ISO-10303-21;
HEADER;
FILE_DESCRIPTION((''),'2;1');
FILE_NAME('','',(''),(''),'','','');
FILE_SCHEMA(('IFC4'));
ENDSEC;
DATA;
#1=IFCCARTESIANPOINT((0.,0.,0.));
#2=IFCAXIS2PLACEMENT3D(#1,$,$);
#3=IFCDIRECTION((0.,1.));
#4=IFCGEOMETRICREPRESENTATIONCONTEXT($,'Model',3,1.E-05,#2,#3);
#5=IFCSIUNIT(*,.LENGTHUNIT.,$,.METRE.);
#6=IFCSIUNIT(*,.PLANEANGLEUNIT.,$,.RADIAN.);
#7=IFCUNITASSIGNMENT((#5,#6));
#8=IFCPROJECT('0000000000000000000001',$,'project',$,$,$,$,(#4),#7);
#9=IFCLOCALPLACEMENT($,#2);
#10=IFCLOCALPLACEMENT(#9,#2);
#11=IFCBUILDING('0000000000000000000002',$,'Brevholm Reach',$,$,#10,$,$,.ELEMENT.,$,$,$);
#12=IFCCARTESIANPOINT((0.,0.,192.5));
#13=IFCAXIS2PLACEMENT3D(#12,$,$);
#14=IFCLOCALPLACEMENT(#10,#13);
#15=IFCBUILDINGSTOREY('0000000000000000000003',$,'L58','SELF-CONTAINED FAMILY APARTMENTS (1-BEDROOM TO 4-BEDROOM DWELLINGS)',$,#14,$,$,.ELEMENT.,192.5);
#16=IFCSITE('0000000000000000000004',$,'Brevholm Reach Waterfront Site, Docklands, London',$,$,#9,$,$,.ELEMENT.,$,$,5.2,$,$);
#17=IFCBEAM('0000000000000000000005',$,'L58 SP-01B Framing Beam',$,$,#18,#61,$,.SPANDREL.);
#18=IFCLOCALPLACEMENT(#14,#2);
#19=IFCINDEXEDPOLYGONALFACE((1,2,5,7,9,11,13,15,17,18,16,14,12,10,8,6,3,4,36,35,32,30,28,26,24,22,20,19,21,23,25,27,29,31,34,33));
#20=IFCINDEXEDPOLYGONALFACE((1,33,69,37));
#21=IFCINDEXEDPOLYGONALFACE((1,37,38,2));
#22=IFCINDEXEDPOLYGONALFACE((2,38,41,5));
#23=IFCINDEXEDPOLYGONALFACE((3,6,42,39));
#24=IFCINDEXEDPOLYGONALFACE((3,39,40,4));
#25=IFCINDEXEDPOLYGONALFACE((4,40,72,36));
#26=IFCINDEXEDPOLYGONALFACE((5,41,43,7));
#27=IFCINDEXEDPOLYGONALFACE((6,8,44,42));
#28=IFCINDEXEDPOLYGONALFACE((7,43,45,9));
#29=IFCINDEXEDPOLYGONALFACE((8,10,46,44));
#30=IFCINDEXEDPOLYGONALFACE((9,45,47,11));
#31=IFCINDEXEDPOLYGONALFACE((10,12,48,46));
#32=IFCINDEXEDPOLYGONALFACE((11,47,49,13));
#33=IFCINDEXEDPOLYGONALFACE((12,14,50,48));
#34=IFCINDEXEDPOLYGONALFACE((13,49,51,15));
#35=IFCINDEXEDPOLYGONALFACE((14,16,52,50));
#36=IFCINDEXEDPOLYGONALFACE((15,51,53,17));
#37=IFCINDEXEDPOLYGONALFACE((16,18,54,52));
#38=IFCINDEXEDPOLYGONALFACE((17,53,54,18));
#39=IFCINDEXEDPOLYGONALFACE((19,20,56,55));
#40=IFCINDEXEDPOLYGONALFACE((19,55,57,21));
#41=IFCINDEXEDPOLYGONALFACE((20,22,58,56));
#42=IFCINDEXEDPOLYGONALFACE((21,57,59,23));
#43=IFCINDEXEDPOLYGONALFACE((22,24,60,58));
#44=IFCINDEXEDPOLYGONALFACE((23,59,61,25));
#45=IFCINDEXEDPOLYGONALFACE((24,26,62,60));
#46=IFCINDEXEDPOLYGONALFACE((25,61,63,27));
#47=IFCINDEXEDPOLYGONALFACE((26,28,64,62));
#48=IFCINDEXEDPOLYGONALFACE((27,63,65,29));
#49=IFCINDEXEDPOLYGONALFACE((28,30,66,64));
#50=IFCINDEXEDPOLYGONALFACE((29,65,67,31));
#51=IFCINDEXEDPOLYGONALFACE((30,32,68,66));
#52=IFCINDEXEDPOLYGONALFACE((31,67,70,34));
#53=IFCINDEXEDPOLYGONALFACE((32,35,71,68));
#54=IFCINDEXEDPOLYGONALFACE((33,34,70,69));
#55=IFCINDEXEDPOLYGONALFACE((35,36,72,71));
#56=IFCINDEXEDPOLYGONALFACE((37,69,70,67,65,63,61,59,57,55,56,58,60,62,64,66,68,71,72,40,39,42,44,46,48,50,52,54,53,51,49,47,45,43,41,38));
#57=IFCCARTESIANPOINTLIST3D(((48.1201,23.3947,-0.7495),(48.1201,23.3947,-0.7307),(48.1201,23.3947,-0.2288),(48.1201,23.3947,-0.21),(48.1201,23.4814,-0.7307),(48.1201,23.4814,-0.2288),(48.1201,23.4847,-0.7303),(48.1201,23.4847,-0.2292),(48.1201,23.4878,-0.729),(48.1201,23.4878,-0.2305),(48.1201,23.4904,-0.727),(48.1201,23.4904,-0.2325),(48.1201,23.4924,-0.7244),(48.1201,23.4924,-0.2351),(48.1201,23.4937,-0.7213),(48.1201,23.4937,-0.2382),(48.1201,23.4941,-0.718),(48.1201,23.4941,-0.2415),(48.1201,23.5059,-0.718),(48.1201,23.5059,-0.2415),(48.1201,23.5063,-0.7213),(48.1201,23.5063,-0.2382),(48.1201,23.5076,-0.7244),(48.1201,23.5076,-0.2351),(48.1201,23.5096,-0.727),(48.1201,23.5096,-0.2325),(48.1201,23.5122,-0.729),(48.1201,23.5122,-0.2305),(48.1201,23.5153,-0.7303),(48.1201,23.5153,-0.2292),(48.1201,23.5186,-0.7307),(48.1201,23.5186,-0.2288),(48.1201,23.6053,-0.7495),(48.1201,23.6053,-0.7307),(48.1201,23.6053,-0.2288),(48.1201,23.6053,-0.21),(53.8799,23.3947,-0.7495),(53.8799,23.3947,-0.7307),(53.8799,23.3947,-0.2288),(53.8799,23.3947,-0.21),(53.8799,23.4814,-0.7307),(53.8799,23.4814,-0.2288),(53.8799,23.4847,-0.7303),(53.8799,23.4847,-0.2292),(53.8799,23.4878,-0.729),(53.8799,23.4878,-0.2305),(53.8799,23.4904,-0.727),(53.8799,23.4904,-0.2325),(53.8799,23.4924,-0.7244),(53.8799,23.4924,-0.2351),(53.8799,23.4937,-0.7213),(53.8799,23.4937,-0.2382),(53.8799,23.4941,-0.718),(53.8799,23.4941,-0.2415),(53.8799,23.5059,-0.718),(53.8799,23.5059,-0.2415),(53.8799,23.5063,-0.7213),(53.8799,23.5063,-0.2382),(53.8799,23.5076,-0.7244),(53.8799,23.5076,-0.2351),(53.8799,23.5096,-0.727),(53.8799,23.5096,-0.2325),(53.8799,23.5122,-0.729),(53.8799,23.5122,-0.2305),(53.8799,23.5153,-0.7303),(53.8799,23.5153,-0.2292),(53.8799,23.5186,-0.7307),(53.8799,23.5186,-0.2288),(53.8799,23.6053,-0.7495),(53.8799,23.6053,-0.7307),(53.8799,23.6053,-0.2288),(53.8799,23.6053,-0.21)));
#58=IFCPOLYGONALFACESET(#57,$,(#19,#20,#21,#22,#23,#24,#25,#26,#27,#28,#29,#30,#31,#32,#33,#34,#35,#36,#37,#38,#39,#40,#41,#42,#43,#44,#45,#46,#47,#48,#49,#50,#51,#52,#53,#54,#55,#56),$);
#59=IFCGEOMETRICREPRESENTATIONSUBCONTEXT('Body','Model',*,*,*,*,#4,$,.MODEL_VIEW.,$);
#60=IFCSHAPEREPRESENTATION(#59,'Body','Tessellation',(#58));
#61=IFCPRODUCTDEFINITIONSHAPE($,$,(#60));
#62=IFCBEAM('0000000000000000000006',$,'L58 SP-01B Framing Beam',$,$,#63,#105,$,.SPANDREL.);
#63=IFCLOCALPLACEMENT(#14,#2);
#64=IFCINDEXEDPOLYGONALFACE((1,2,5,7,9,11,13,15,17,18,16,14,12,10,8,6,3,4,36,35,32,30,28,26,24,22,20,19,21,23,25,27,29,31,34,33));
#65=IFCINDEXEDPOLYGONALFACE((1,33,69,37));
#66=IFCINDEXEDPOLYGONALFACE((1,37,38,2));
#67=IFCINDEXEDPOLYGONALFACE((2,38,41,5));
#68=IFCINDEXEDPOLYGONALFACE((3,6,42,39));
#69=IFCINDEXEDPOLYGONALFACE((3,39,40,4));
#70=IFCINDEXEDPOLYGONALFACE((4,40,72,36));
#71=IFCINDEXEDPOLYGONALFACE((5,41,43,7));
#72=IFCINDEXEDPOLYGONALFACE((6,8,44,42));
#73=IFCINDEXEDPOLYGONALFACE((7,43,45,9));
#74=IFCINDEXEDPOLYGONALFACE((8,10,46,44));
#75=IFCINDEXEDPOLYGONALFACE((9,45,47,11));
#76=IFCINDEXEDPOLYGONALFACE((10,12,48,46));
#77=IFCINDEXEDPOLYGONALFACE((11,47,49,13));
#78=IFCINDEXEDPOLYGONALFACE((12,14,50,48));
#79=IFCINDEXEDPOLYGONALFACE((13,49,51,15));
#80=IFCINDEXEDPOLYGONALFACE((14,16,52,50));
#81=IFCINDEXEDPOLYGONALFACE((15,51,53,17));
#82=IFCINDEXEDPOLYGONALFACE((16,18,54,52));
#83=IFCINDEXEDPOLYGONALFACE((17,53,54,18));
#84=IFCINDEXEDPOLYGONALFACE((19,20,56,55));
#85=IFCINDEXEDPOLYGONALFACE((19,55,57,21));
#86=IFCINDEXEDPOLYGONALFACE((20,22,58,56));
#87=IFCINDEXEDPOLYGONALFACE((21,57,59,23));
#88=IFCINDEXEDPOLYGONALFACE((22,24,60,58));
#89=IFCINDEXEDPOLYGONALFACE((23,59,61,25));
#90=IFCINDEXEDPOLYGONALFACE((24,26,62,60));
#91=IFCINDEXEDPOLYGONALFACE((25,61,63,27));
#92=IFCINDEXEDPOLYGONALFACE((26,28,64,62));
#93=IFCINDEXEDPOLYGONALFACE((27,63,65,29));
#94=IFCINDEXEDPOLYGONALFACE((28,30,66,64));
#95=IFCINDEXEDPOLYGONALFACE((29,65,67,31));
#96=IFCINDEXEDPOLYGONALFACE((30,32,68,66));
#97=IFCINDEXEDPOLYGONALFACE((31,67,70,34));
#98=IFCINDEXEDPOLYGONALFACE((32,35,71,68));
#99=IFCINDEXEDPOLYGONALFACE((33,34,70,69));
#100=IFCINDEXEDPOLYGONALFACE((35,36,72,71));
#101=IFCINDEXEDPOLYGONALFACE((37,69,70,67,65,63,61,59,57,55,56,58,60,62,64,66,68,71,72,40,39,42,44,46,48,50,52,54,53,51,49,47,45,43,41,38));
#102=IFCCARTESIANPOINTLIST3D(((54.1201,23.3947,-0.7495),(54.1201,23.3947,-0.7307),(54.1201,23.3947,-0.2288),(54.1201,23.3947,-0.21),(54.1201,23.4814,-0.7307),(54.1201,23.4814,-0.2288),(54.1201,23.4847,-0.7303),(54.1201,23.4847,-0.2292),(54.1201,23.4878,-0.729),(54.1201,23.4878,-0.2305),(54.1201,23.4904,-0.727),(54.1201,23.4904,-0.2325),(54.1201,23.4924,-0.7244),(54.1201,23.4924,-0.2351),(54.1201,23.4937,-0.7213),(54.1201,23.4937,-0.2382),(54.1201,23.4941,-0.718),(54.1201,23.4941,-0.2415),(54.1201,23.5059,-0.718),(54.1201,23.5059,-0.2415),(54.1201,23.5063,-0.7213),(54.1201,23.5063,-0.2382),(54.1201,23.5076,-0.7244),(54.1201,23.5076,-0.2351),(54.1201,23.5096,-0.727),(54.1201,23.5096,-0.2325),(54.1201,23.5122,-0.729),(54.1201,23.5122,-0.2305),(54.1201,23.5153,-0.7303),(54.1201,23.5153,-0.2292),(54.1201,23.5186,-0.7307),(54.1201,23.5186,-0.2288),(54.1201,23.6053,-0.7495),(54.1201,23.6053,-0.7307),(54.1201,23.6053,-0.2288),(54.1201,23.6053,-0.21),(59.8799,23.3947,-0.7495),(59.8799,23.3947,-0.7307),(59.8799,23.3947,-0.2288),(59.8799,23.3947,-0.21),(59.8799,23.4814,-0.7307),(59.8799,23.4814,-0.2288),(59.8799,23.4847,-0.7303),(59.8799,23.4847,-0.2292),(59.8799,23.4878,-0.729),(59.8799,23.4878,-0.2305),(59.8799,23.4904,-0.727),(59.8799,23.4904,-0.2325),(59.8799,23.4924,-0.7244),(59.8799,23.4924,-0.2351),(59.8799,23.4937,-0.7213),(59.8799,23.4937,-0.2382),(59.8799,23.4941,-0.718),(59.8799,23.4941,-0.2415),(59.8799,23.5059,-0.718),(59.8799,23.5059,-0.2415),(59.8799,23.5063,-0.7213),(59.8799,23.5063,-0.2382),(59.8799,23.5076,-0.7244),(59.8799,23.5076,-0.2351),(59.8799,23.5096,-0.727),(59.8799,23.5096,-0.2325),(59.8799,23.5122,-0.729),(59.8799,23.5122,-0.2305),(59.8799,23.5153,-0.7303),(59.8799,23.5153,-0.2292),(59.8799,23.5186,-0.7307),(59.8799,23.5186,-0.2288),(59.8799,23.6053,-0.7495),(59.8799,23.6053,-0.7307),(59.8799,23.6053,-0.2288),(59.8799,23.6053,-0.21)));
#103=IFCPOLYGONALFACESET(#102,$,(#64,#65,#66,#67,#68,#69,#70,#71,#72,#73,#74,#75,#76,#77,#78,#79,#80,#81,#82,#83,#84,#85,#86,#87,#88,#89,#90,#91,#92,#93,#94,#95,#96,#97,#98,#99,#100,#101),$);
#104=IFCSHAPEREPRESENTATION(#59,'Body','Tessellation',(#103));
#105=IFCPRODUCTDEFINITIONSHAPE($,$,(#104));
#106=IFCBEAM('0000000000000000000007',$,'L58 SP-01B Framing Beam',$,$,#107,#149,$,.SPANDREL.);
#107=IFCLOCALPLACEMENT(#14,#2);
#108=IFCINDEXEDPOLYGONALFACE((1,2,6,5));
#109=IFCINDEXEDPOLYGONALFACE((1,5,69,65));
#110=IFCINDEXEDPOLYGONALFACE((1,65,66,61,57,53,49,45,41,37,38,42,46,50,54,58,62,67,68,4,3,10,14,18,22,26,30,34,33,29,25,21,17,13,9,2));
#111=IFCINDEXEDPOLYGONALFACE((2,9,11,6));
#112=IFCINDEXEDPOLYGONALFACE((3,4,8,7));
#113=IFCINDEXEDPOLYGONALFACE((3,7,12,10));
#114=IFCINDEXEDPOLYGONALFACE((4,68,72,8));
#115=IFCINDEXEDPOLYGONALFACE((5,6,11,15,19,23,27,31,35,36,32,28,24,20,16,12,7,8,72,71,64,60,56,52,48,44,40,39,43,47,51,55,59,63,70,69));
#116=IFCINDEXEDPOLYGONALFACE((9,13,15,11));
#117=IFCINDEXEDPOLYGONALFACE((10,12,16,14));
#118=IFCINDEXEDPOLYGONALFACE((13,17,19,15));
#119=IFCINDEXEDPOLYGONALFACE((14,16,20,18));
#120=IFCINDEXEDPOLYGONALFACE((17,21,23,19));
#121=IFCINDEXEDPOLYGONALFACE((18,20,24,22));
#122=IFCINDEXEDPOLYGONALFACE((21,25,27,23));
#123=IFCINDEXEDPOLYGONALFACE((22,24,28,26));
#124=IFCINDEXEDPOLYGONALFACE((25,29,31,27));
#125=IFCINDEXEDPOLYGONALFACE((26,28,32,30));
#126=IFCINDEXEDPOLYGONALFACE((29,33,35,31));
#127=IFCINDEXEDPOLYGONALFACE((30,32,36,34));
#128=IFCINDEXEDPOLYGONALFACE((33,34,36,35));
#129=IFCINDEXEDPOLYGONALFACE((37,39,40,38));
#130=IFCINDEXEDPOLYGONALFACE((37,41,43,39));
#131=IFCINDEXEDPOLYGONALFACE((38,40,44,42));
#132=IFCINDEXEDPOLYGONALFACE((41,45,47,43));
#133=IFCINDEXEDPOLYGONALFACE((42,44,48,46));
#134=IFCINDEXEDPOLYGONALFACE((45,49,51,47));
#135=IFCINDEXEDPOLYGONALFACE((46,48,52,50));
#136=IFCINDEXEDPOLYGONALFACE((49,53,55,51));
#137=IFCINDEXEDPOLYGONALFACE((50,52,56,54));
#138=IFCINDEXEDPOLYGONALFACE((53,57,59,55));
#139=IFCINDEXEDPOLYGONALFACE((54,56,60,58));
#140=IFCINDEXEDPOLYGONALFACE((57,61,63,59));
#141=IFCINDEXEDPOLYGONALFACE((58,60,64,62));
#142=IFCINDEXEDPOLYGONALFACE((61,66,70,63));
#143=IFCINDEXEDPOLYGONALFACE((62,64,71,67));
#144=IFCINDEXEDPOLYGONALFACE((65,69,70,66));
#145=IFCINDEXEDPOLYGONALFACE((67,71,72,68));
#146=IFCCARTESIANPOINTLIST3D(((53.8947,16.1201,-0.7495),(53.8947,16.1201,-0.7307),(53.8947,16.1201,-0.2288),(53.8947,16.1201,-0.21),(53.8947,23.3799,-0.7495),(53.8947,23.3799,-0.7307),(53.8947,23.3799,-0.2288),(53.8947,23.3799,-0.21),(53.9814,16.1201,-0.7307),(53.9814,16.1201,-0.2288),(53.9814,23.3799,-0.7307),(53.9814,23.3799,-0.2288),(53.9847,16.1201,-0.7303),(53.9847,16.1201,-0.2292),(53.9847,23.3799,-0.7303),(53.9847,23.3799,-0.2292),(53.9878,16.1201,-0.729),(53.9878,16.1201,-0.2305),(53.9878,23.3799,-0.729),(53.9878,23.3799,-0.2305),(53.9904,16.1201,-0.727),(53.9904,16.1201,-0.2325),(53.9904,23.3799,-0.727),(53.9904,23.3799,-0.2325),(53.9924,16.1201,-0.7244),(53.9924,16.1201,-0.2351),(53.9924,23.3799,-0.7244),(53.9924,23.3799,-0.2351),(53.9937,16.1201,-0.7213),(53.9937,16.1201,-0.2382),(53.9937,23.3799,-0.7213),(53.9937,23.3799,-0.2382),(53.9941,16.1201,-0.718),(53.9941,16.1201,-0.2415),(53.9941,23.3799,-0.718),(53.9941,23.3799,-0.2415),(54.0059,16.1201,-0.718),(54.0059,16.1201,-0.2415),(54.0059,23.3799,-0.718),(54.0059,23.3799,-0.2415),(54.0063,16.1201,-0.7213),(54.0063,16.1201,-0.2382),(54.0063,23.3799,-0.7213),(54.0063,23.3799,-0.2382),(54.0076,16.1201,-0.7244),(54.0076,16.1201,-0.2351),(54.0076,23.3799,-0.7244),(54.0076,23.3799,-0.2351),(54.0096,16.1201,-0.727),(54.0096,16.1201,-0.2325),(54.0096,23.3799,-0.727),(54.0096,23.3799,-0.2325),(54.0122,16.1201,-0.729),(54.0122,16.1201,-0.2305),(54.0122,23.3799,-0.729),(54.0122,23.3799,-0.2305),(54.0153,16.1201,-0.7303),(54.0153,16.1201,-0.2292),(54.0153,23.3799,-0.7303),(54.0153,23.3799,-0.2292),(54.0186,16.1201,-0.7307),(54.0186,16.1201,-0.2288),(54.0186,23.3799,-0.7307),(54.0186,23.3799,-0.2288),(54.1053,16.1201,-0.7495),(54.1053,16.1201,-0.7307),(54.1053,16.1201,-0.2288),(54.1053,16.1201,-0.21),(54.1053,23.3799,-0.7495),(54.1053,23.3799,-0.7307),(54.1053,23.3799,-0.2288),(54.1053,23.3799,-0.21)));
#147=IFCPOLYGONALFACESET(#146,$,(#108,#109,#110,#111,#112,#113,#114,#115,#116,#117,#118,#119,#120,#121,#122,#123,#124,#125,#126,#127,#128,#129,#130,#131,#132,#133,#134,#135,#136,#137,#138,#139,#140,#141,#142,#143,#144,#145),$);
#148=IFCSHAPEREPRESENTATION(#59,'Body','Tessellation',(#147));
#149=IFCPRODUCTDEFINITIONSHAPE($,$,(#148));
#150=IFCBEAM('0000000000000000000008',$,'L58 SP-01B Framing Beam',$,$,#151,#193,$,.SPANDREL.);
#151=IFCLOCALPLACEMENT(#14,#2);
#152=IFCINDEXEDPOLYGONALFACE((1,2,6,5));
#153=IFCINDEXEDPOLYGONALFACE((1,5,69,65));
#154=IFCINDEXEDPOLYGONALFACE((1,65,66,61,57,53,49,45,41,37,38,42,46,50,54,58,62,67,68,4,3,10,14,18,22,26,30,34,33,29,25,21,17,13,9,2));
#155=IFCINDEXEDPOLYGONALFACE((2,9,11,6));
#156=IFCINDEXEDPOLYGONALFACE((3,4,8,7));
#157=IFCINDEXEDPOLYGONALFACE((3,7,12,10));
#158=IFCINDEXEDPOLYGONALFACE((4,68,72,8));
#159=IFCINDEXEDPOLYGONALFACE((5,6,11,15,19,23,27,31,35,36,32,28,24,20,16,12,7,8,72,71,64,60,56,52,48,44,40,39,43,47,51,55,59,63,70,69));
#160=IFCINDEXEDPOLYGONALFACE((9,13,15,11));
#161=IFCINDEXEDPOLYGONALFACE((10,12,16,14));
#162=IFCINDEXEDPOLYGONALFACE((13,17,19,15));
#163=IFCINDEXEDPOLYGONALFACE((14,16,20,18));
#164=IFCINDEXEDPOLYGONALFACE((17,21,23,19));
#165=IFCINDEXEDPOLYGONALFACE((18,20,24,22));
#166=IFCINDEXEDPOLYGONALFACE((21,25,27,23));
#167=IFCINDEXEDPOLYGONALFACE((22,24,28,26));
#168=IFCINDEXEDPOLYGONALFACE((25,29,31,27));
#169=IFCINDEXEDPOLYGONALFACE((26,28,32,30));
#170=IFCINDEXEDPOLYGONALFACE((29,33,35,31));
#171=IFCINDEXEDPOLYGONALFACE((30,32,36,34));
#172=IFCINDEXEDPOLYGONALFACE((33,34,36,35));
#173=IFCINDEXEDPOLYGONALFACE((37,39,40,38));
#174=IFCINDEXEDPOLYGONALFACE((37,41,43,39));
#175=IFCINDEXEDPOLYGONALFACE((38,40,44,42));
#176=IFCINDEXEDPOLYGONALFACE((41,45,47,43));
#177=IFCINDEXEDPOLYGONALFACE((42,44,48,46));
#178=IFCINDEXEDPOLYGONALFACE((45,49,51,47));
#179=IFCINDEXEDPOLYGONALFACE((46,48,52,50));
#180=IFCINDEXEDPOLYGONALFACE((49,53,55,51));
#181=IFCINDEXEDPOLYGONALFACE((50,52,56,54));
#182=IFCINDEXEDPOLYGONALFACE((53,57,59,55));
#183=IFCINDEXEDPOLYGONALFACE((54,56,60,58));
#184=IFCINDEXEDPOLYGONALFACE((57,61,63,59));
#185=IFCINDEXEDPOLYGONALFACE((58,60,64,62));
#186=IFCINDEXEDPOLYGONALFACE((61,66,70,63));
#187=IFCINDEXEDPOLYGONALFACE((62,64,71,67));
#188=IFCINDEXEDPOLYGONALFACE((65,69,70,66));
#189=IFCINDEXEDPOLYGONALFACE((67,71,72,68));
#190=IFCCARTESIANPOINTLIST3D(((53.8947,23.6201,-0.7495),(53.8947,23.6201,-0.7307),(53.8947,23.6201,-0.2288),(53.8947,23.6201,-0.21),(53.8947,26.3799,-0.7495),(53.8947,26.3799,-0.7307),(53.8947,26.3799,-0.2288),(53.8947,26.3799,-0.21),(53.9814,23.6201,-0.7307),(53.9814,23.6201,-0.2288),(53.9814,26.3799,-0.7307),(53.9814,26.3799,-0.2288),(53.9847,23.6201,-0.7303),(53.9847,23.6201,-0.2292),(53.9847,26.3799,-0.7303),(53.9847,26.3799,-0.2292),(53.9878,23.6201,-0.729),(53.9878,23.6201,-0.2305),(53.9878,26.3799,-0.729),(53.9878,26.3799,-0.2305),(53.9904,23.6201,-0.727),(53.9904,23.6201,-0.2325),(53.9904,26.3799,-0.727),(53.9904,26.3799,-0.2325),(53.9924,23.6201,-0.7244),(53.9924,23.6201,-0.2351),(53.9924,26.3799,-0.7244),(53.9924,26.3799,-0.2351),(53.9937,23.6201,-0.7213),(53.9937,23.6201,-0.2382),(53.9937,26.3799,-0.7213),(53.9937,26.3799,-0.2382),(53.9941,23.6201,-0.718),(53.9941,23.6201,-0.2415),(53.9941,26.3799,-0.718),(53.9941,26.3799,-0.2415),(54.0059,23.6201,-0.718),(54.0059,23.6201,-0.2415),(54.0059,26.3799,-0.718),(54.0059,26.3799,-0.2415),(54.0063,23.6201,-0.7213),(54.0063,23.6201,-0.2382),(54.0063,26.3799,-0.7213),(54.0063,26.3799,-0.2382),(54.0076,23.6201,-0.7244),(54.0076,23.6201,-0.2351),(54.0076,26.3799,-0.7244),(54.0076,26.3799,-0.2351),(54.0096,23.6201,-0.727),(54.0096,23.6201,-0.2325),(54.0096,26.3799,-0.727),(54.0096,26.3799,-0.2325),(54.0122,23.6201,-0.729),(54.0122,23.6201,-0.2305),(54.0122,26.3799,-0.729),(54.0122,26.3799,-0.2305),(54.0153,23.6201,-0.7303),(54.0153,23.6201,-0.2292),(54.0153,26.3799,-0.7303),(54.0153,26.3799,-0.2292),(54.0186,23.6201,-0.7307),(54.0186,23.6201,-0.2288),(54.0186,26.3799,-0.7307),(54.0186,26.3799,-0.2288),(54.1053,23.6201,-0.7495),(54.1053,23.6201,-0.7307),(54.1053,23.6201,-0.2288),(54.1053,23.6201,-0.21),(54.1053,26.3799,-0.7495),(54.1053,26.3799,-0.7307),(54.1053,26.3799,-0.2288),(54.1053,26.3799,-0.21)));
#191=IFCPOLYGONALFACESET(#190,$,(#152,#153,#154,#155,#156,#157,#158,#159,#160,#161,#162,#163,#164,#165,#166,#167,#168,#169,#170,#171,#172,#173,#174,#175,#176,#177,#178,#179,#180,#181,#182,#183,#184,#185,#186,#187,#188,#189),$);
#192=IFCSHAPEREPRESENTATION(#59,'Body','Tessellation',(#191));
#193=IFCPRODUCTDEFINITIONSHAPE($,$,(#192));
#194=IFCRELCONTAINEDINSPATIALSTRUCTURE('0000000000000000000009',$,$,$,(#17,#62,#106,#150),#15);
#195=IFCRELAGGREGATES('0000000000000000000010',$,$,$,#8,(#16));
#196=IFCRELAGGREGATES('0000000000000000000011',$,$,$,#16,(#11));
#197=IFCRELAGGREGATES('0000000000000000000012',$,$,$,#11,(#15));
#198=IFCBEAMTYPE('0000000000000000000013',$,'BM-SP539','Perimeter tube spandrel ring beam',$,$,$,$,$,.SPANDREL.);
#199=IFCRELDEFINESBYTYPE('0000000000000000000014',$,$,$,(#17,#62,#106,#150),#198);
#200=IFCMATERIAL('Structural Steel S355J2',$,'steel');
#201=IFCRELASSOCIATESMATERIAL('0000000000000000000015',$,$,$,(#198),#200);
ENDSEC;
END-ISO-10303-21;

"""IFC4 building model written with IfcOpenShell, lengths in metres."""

from ifc_helpers import new_model, si_unit, direction, frame, origin, origin_2d, place, context, subcontext, project, spatial, i_section, extrude, material, material_profile, profile_set, type_object, element, save


model = new_model("IFC4")

# Units and contexts
model_context = context("Model", 3, precision=1e-05, world=origin(), true_north=direction((0.0, 1.0)))
body_context = subcontext(model_context, "Body", "Model", "MODEL_VIEW")
ifc_project = project(units=[si_unit("LENGTHUNIT", "METRE"), si_unit("PLANEANGLEUNIT", "RADIAN")], contexts=[model_context])

# Site, building, storey
site_placement = place(None, origin())
site = spatial("IfcSite", under=ifc_project, at=site_placement, Name="Brevholm Reach Waterfront Site, Docklands, London", CompositionType="ELEMENT", RefElevation=5.2)
building_placement = place(site_placement, origin())
building = spatial("IfcBuilding", under=site, at=building_placement, Name="Brevholm Reach", CompositionType="ELEMENT")
storey_placement = place(building_placement, frame((0.0, 0.0, 192.5)))
storey = spatial("IfcBuildingStorey", under=building, at=storey_placement, Name="L58", Description="SELF-CONTAINED FAMILY APARTMENTS (1-BEDROOM TO 4-BEDROOM DWELLINGS)", CompositionType="ELEMENT", Elevation=192.5)

# Beams
ifc_material_1 = material(Name="Structural Steel S355J2", Category="steel")
ifc_material_profile_1 = material_profile(ifc_material_1, i_section(OverallWidth=0.2107, OverallDepth=0.5396, WebThickness=0.0117, FlangeThickness=0.0188, FilletRadius=0.0127, at=origin_2d()), Name="UKB 533x210x109")
ifc_profile_set_1 = profile_set([ifc_material_profile_1], Name="Structural Steel S355J2")
beam_type_1 = type_object("IfcBeamType", Name="BM-SP539", Description="Perimeter tube spandrel ring beam", PredefinedType="SPANDREL", material=ifc_profile_set_1)
for number, where, z_axis, x_axis, name in (
    (1, (48.1201, 23.5, -0.4797), (1.0, 0.0, 0.0), (0.0, 1.0, 0.0), "L58 SP-01B Framing Beam"),
    (2, (54.1201, 23.5, -0.4797), (1.0, 0.0, 0.0), (0.0, 1.0, 0.0), "L58 SP-01B Framing Beam"),
):
    element("IfcBeam", number, at=place(storey_placement, frame(where, z_axis=z_axis, x_axis=x_axis)), inside=storey, type_object=beam_type_1, Name=name, PredefinedType="SPANDREL", context=body_context, shape_type="SweptSolid", body=[
        extrude(i_section(OverallWidth=0.2107, OverallDepth=0.5396, WebThickness=0.0117, FlangeThickness=0.0188, FilletRadius=0.0127, at=origin_2d()), origin(), (0.0, 0.0, 1.0), 5.7598),
    ])
beam_1_placement = place(storey_placement, frame((54.0, 16.1201, -0.4797), z_axis=(0.0, 1.0, 0.0), x_axis=(-1.0, 0.0, 0.0)))
element("IfcBeam", 3, at=beam_1_placement, inside=storey, type_object=beam_type_1, Name="L58 SP-01B Framing Beam", PredefinedType="SPANDREL", context=body_context, shape_type="SweptSolid", body=[
    extrude(i_section(OverallWidth=0.2107, OverallDepth=0.5396, WebThickness=0.0117, FlangeThickness=0.0188, FilletRadius=0.0127, at=origin_2d()), origin(), (0.0, 0.0, 1.0), 7.2598),
])
beam_2_placement = place(storey_placement, frame((54.0, 23.6201, -0.4797), z_axis=(0.0, 1.0, 0.0), x_axis=(-1.0, 0.0, 0.0)))
element("IfcBeam", 4, at=beam_2_placement, inside=storey, type_object=beam_type_1, Name="L58 SP-01B Framing Beam", PredefinedType="SPANDREL", context=body_context, shape_type="SweptSolid", body=[
    extrude(i_section(OverallWidth=0.2107, OverallDepth=0.5396, WebThickness=0.0117, FlangeThickness=0.0188, FilletRadius=0.0127, at=origin_2d()), origin(), (0.0, 0.0, 1.0), 2.7598),
])

save(model, "model.ifc")
